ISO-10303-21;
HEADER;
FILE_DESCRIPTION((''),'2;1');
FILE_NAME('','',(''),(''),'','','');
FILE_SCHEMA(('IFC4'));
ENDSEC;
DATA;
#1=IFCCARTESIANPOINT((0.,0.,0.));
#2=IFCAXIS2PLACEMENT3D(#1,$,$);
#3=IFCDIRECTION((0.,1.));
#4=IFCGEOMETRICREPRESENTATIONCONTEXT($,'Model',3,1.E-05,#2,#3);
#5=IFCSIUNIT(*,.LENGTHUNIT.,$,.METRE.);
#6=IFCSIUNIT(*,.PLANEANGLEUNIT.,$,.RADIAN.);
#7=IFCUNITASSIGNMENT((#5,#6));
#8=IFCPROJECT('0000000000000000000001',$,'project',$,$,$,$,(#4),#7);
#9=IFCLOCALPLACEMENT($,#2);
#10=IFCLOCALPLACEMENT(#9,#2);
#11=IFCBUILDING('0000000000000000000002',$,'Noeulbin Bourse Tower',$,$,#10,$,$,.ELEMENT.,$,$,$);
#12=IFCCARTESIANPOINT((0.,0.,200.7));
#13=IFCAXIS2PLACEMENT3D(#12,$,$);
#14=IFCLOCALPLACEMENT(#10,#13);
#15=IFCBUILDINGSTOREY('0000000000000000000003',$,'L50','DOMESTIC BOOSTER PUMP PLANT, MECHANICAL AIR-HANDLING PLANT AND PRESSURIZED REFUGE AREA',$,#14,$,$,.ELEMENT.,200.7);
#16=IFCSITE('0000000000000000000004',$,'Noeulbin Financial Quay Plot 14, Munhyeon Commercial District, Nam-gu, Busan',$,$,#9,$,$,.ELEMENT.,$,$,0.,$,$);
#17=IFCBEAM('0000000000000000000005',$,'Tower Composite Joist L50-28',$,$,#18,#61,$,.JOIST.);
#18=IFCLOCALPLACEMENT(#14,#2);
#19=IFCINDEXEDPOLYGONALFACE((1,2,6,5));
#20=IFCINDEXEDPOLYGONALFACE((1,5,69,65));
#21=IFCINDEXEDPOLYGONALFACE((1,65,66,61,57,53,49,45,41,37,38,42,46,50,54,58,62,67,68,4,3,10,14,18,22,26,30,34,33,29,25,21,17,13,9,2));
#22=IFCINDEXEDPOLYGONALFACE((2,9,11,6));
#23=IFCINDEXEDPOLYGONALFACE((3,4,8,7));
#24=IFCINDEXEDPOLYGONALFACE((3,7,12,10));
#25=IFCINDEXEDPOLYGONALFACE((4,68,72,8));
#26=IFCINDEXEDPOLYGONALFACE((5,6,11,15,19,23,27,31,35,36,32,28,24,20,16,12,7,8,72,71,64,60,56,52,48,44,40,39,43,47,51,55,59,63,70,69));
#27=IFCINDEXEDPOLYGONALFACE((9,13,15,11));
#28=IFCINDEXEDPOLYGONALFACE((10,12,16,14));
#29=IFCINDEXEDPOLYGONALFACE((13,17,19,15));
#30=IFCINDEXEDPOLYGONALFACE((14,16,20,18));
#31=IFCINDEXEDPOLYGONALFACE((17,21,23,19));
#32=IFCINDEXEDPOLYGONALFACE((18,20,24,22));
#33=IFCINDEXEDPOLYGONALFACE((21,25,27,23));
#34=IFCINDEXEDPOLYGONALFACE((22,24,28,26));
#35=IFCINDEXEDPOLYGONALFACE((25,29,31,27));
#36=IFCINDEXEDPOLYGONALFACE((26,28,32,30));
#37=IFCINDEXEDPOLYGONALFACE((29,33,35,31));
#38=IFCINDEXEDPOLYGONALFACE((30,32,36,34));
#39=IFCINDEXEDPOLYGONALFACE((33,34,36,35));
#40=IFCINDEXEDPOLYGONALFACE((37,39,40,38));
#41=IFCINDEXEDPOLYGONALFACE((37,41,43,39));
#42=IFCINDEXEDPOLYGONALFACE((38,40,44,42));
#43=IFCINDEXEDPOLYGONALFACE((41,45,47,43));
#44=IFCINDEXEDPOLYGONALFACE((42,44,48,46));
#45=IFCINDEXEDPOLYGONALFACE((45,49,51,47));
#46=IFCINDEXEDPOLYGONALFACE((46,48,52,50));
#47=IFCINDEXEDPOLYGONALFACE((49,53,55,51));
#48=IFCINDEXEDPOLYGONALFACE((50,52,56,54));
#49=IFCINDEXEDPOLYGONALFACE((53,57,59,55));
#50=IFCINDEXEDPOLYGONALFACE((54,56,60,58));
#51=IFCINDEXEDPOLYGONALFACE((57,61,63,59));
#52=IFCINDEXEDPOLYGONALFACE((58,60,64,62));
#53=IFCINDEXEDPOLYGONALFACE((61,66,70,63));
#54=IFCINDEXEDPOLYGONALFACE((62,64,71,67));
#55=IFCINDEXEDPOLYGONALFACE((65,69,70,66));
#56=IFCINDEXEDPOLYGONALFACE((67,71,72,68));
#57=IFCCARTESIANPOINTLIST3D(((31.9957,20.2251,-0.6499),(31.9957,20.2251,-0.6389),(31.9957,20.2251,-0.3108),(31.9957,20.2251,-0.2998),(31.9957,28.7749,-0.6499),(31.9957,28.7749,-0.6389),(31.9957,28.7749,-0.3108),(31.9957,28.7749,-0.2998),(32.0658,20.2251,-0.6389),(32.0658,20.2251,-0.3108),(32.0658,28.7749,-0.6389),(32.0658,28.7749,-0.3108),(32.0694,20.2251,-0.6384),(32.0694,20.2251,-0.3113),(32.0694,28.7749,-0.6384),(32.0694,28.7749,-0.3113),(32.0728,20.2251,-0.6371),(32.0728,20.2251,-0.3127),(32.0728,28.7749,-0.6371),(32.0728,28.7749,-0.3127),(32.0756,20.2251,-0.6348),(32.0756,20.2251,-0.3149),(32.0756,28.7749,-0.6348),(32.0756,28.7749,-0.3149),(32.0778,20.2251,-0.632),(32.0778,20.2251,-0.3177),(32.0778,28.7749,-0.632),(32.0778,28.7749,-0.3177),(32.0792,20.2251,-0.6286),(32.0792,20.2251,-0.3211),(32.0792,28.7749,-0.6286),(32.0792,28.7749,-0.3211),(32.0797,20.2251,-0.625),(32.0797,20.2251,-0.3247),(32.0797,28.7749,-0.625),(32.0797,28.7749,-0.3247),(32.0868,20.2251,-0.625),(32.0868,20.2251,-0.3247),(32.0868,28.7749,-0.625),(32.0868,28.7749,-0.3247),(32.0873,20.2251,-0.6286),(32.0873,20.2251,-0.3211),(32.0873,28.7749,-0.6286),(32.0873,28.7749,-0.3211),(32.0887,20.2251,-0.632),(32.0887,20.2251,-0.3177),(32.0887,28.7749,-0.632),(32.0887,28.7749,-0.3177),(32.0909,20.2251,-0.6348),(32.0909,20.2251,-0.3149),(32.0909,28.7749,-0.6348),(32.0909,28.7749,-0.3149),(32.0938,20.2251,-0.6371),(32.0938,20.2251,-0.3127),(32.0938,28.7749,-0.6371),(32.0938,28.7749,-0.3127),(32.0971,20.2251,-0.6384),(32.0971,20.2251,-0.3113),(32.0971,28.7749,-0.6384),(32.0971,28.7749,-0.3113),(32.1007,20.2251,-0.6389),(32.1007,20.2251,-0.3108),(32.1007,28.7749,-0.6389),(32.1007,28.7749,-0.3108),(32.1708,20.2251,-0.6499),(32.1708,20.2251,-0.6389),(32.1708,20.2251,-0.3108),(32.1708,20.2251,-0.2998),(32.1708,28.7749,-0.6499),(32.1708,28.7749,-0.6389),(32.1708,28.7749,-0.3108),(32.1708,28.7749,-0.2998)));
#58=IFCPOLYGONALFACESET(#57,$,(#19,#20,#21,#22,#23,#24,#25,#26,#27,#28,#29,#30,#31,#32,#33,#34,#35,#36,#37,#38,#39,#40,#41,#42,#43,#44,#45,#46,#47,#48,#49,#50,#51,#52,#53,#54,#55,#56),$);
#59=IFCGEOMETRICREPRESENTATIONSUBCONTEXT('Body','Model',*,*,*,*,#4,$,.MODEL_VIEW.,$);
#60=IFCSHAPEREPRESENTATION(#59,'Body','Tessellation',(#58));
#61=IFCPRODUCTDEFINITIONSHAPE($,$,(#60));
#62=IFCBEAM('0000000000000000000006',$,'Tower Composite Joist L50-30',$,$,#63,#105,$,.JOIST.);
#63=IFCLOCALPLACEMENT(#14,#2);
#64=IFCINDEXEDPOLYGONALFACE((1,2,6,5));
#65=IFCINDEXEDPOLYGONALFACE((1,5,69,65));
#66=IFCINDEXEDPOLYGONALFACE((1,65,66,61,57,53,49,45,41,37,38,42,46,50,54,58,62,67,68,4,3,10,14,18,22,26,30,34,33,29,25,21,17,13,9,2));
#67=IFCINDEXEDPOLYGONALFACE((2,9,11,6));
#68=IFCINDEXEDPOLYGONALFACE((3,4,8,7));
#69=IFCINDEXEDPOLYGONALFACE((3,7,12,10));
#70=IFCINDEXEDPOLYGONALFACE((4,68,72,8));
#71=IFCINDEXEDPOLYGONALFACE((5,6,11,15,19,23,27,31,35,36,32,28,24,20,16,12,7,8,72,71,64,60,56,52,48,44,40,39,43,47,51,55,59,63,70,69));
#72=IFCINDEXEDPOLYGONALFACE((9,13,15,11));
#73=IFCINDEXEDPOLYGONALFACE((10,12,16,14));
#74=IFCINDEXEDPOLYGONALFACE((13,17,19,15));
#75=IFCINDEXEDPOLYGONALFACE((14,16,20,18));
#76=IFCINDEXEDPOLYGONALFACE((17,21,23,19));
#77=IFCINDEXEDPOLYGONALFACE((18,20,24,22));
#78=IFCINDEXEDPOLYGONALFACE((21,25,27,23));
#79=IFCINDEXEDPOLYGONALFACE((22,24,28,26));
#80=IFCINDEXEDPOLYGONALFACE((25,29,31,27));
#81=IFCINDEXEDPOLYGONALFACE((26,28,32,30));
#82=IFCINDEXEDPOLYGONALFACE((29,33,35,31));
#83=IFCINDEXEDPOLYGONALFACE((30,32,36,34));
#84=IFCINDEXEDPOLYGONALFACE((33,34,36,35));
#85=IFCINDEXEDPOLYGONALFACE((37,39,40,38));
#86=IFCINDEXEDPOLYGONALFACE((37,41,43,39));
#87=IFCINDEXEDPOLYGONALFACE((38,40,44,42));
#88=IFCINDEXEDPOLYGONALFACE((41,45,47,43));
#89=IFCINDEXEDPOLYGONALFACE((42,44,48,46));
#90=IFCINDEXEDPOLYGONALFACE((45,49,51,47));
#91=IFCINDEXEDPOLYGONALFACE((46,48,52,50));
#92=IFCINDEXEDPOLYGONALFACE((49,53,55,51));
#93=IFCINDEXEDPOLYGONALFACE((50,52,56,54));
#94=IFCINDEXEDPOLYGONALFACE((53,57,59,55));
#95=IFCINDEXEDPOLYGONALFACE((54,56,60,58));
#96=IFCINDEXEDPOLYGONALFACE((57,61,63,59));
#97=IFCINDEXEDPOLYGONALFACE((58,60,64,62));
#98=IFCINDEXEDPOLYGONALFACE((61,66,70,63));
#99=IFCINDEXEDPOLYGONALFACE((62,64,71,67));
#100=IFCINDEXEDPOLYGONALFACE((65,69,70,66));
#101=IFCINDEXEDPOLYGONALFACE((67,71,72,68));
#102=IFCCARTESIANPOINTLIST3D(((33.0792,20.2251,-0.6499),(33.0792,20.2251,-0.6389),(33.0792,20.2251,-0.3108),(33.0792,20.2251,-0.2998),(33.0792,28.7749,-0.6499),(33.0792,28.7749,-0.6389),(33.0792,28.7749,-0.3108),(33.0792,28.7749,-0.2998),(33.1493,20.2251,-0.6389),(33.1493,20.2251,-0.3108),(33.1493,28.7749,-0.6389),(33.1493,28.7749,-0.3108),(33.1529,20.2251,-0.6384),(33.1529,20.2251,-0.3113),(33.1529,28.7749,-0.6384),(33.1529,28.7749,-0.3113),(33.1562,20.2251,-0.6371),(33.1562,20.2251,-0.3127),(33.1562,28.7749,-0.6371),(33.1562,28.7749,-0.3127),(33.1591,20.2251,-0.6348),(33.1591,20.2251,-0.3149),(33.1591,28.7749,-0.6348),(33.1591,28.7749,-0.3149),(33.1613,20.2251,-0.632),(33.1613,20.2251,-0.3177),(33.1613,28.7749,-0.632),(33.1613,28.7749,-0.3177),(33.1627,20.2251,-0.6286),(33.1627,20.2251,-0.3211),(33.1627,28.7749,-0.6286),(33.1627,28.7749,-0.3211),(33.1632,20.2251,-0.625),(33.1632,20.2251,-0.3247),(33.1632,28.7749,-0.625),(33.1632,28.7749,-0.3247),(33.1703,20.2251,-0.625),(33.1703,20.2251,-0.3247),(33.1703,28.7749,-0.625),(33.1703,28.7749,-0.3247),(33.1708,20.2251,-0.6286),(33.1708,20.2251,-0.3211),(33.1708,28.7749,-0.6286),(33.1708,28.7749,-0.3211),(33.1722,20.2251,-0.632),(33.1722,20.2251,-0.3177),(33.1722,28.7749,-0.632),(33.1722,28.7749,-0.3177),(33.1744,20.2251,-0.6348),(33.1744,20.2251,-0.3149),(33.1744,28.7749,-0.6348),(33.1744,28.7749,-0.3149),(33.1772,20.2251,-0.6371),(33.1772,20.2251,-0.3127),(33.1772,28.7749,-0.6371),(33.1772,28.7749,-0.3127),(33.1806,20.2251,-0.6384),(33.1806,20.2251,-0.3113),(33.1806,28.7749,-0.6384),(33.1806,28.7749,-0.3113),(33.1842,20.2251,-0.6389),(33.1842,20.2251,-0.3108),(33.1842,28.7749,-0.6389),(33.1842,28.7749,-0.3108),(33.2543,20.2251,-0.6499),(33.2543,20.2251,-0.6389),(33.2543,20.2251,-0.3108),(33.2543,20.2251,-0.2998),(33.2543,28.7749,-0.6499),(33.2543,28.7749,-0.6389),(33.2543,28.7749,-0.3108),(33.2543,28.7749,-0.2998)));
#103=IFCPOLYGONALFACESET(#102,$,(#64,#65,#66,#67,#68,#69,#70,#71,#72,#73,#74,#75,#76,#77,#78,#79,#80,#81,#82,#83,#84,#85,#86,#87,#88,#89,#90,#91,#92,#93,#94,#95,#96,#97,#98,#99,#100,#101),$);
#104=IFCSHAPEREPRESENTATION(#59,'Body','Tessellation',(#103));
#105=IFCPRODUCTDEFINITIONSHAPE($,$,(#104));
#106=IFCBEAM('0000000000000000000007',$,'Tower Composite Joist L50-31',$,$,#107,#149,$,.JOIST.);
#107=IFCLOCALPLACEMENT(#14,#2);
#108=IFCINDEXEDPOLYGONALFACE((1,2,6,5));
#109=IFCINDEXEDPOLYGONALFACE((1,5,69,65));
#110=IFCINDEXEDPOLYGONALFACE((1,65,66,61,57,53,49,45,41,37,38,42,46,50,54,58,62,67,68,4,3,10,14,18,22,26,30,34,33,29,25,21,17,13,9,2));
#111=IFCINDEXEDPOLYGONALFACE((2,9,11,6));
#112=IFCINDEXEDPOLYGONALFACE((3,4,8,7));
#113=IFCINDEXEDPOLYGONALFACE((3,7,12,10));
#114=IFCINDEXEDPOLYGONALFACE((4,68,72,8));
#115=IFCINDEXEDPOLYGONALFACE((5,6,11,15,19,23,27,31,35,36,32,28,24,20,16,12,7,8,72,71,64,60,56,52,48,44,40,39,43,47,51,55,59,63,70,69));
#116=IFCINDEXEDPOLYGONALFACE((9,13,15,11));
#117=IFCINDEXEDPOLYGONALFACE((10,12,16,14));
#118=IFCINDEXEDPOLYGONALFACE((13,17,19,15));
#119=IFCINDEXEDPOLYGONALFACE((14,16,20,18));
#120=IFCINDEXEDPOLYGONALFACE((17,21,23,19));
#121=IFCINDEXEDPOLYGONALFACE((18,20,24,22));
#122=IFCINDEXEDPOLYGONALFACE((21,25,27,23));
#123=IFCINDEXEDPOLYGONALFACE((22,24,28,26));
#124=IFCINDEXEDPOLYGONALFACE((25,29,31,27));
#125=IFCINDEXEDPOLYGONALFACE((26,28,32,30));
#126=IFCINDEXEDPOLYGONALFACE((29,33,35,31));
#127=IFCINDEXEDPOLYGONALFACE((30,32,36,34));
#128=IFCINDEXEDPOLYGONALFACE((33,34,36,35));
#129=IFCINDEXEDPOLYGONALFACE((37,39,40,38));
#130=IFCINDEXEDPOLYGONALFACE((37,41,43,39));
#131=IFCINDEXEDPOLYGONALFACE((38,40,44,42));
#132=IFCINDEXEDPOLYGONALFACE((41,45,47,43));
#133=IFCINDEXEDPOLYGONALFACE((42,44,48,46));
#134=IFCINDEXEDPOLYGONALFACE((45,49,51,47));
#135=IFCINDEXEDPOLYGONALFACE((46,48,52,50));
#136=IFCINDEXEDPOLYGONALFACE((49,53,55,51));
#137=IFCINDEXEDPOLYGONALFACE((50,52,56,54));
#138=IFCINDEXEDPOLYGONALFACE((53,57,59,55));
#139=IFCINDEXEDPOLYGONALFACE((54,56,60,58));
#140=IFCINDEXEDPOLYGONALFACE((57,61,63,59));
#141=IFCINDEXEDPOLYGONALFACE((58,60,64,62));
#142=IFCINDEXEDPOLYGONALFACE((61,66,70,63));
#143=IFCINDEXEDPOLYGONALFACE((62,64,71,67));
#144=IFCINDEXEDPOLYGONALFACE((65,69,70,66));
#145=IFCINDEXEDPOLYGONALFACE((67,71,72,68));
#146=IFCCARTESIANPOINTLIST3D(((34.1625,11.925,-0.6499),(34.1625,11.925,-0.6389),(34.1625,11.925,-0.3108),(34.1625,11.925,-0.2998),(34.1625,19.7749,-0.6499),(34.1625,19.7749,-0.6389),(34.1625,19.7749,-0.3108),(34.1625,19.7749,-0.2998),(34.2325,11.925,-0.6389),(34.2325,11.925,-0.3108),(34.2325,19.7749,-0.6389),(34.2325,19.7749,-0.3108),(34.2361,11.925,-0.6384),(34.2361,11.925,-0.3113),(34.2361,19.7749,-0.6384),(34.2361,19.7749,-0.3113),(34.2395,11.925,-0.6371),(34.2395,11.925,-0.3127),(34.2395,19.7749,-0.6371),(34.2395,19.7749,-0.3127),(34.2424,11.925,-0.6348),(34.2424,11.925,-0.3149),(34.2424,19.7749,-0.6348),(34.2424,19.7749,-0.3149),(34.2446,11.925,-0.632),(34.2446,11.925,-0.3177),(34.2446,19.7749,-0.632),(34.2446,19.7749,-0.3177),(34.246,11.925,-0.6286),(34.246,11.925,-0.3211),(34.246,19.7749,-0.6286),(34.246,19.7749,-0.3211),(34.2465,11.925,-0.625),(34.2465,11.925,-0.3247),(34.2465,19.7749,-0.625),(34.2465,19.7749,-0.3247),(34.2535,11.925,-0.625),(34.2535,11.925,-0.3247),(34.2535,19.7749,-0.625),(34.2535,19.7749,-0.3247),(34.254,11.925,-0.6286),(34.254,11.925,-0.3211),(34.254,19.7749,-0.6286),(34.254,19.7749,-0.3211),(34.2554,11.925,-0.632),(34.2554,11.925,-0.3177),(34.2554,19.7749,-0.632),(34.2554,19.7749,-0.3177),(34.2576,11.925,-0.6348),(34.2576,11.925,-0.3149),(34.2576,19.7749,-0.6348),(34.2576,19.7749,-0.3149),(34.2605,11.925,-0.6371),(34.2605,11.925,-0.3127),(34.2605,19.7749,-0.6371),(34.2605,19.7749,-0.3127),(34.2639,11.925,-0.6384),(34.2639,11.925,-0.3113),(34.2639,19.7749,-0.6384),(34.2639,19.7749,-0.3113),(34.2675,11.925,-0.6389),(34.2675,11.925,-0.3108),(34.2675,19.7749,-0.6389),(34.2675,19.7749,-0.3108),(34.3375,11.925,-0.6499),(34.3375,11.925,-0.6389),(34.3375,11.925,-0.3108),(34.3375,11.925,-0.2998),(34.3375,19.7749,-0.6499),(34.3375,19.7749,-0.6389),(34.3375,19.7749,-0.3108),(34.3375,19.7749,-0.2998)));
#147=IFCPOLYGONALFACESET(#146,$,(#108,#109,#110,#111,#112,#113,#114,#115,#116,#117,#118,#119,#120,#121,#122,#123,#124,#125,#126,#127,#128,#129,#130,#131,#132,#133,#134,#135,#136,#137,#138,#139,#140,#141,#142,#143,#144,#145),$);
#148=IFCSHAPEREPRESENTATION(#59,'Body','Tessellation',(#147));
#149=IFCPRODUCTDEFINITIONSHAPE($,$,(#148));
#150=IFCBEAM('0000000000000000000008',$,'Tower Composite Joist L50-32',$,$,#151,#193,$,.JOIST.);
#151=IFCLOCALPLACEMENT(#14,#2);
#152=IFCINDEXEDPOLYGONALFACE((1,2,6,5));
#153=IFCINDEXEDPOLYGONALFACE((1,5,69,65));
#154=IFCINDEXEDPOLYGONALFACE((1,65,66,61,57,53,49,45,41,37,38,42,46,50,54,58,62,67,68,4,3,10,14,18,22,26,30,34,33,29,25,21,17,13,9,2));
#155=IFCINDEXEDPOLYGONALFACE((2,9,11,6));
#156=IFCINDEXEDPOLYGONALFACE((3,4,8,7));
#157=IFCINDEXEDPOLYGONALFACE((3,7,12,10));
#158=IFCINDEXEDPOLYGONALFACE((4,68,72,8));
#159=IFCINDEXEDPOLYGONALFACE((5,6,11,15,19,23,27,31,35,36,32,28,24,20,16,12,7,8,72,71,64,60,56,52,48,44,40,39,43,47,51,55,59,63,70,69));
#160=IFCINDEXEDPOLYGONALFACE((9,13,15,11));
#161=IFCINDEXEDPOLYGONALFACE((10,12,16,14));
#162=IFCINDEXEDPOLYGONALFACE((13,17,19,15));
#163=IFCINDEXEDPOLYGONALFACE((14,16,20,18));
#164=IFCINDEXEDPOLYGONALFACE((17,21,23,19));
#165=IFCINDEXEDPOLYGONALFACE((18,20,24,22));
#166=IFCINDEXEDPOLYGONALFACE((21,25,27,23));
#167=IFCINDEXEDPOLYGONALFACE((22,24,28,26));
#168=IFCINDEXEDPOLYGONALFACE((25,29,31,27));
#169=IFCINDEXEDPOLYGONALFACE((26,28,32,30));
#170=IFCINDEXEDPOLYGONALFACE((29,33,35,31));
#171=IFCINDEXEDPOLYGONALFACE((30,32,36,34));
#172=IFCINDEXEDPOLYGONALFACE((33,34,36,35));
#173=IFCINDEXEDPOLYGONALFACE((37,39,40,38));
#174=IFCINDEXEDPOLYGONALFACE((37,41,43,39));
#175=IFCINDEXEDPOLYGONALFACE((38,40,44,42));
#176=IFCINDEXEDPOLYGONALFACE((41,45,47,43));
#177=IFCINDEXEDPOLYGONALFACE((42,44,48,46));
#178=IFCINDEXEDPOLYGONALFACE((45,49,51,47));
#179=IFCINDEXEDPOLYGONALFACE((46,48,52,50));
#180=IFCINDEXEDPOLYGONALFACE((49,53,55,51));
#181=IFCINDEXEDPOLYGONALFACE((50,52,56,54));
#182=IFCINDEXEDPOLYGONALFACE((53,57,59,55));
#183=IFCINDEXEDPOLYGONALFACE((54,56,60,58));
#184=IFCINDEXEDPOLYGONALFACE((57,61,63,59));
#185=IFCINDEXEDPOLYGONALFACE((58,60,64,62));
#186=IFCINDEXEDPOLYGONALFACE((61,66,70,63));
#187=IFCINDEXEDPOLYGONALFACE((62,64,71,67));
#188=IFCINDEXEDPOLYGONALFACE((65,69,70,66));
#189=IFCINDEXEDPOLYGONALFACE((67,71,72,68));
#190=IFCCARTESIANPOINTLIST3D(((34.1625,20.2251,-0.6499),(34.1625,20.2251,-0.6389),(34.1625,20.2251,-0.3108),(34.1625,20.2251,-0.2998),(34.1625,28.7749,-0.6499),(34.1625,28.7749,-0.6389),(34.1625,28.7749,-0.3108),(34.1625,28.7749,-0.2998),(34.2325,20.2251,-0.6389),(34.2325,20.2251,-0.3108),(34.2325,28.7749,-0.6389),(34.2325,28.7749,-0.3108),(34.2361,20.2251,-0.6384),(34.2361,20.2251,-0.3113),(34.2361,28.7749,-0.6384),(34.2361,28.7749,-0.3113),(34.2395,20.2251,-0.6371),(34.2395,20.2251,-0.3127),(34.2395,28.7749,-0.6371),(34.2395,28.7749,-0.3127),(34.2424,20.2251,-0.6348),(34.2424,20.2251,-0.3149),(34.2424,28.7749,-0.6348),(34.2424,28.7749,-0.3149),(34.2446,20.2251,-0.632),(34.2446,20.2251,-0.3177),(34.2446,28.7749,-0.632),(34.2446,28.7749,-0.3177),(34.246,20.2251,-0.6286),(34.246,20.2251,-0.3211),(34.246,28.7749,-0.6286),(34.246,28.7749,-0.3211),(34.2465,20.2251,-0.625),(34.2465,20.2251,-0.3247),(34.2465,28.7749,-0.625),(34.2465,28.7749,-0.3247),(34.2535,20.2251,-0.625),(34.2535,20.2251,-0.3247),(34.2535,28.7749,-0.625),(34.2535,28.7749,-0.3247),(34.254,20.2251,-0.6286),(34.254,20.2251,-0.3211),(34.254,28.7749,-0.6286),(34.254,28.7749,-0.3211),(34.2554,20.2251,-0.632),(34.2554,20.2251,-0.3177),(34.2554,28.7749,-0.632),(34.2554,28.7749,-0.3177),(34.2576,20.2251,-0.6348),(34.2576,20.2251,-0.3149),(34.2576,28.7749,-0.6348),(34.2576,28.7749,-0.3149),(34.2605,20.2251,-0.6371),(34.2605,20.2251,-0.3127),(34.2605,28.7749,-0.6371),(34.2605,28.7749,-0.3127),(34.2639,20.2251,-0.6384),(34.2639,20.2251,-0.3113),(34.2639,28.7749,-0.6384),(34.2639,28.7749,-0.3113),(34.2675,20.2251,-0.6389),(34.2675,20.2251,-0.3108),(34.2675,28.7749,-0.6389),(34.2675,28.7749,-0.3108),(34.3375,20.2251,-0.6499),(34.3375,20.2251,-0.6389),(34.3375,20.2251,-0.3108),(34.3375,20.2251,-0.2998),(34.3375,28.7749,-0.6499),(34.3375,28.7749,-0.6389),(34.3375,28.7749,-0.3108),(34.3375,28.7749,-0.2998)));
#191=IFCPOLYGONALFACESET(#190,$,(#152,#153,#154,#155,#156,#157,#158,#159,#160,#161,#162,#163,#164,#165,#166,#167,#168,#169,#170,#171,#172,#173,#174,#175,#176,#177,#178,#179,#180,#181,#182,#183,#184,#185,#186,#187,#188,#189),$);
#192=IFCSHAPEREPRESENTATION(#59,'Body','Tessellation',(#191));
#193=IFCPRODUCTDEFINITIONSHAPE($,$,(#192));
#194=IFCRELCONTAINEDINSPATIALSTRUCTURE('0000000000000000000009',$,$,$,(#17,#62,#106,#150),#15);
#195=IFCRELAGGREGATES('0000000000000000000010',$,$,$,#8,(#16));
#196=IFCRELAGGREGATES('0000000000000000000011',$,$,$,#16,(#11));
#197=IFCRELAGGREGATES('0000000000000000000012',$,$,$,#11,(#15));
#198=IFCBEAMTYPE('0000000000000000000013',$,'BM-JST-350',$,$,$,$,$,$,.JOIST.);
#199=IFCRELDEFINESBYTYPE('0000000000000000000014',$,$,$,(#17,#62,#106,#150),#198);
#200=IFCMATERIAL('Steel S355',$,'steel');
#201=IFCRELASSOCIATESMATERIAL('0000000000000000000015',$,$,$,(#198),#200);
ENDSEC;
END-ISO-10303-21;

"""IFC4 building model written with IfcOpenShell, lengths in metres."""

from ifc_helpers import new_model, si_unit, direction, frame, origin, origin_2d, place, context, subcontext, project, spatial, i_section, extrude, material, material_profile, profile_set, type_object, element, save


model = new_model("IFC4")

# Units and contexts
model_context = context("Model", 3, precision=1e-05, world=origin(), true_north=direction((0.0, 1.0)))
body_context = subcontext(model_context, "Body", "Model", "MODEL_VIEW")
ifc_project = project(units=[si_unit("LENGTHUNIT", "METRE"), si_unit("PLANEANGLEUNIT", "RADIAN")], contexts=[model_context])

# Site, building, storey
site_placement = place(None, origin())
site = spatial("IfcSite", under=ifc_project, at=site_placement, Name="Noeulbin Financial Quay Plot 14, Munhyeon Commercial District, Nam-gu, Busan", CompositionType="ELEMENT", RefElevation=0.0)
building_placement = place(site_placement, origin())
building = spatial("IfcBuilding", under=site, at=building_placement, Name="Noeulbin Bourse Tower", CompositionType="ELEMENT")
storey_placement = place(building_placement, frame((0.0, 0.0, 200.7)))
storey = spatial("IfcBuildingStorey", under=building, at=storey_placement, Name="L50", Description="DOMESTIC BOOSTER PUMP PLANT, MECHANICAL AIR-HANDLING PLANT AND PRESSURIZED REFUGE AREA", CompositionType="ELEMENT", Elevation=200.7)

# Beams
ifc_material_1 = material(Name="Steel S355", Category="steel")
ifc_material_profile_1 = material_profile(ifc_material_1, i_section(OverallWidth=0.175, OverallDepth=0.3501, WebThickness=0.0071, FlangeThickness=0.011, FilletRadius=0.0139, at=origin_2d()), Name="H-350x175x7x11", Category="LoadBearing")
ifc_profile_set_1 = profile_set([ifc_material_profile_1], Name="Steel S355")
beam_type_1 = type_object("IfcBeamType", Name="BM-JST-350", PredefinedType="JOIST", material=ifc_profile_set_1)
for number, where, z_axis, x_axis, name in (
    (1, (32.0833, 20.2251, -0.4749), (0.0, 1.0, 0.0), (-1.0, 0.0, 0.0), "Tower Composite Joist L50-28"),
    (2, (33.1667, 20.2251, -0.4749), (0.0, 1.0, 0.0), (-1.0, 0.0, 0.0), "Tower Composite Joist L50-30"),
):
    element("IfcBeam", number, at=place(storey_placement, frame(where, z_axis=z_axis, x_axis=x_axis)), inside=storey, type_object=beam_type_1, Name=name, PredefinedType="JOIST", context=body_context, shape_type="SweptSolid", body=[
        extrude(i_section(OverallWidth=0.175, OverallDepth=0.3501, WebThickness=0.0071, FlangeThickness=0.011, FilletRadius=0.0139, at=origin_2d()), origin(), (0.0, 0.0, 1.0), 8.5498),
    ])
beam_1_placement = place(storey_placement, frame((34.25, 11.925, -0.4749), z_axis=(0.0, 1.0, 0.0), x_axis=(-1.0, 0.0, 0.0)))
element("IfcBeam", 3, at=beam_1_placement, inside=storey, type_object=beam_type_1, Name="Tower Composite Joist L50-31", PredefinedType="JOIST", context=body_context, shape_type="SweptSolid", body=[
    extrude(i_section(OverallWidth=0.175, OverallDepth=0.3501, WebThickness=0.0071, FlangeThickness=0.011, FilletRadius=0.0139, at=origin_2d()), origin(), (0.0, 0.0, 1.0), 7.8499),
])
beam_2_placement = place(storey_placement, frame((34.25, 20.2251, -0.4749), z_axis=(0.0, 1.0, 0.0), x_axis=(-1.0, 0.0, 0.0)))
element("IfcBeam", 4, at=beam_2_placement, inside=storey, type_object=beam_type_1, Name="Tower Composite Joist L50-32", PredefinedType="JOIST", context=body_context, shape_type="SweptSolid", body=[
    extrude(i_section(OverallWidth=0.175, OverallDepth=0.3501, WebThickness=0.0071, FlangeThickness=0.011, FilletRadius=0.0139, at=origin_2d()), origin(), (0.0, 0.0, 1.0), 8.5498),
])

save(model, "model.ifc")
